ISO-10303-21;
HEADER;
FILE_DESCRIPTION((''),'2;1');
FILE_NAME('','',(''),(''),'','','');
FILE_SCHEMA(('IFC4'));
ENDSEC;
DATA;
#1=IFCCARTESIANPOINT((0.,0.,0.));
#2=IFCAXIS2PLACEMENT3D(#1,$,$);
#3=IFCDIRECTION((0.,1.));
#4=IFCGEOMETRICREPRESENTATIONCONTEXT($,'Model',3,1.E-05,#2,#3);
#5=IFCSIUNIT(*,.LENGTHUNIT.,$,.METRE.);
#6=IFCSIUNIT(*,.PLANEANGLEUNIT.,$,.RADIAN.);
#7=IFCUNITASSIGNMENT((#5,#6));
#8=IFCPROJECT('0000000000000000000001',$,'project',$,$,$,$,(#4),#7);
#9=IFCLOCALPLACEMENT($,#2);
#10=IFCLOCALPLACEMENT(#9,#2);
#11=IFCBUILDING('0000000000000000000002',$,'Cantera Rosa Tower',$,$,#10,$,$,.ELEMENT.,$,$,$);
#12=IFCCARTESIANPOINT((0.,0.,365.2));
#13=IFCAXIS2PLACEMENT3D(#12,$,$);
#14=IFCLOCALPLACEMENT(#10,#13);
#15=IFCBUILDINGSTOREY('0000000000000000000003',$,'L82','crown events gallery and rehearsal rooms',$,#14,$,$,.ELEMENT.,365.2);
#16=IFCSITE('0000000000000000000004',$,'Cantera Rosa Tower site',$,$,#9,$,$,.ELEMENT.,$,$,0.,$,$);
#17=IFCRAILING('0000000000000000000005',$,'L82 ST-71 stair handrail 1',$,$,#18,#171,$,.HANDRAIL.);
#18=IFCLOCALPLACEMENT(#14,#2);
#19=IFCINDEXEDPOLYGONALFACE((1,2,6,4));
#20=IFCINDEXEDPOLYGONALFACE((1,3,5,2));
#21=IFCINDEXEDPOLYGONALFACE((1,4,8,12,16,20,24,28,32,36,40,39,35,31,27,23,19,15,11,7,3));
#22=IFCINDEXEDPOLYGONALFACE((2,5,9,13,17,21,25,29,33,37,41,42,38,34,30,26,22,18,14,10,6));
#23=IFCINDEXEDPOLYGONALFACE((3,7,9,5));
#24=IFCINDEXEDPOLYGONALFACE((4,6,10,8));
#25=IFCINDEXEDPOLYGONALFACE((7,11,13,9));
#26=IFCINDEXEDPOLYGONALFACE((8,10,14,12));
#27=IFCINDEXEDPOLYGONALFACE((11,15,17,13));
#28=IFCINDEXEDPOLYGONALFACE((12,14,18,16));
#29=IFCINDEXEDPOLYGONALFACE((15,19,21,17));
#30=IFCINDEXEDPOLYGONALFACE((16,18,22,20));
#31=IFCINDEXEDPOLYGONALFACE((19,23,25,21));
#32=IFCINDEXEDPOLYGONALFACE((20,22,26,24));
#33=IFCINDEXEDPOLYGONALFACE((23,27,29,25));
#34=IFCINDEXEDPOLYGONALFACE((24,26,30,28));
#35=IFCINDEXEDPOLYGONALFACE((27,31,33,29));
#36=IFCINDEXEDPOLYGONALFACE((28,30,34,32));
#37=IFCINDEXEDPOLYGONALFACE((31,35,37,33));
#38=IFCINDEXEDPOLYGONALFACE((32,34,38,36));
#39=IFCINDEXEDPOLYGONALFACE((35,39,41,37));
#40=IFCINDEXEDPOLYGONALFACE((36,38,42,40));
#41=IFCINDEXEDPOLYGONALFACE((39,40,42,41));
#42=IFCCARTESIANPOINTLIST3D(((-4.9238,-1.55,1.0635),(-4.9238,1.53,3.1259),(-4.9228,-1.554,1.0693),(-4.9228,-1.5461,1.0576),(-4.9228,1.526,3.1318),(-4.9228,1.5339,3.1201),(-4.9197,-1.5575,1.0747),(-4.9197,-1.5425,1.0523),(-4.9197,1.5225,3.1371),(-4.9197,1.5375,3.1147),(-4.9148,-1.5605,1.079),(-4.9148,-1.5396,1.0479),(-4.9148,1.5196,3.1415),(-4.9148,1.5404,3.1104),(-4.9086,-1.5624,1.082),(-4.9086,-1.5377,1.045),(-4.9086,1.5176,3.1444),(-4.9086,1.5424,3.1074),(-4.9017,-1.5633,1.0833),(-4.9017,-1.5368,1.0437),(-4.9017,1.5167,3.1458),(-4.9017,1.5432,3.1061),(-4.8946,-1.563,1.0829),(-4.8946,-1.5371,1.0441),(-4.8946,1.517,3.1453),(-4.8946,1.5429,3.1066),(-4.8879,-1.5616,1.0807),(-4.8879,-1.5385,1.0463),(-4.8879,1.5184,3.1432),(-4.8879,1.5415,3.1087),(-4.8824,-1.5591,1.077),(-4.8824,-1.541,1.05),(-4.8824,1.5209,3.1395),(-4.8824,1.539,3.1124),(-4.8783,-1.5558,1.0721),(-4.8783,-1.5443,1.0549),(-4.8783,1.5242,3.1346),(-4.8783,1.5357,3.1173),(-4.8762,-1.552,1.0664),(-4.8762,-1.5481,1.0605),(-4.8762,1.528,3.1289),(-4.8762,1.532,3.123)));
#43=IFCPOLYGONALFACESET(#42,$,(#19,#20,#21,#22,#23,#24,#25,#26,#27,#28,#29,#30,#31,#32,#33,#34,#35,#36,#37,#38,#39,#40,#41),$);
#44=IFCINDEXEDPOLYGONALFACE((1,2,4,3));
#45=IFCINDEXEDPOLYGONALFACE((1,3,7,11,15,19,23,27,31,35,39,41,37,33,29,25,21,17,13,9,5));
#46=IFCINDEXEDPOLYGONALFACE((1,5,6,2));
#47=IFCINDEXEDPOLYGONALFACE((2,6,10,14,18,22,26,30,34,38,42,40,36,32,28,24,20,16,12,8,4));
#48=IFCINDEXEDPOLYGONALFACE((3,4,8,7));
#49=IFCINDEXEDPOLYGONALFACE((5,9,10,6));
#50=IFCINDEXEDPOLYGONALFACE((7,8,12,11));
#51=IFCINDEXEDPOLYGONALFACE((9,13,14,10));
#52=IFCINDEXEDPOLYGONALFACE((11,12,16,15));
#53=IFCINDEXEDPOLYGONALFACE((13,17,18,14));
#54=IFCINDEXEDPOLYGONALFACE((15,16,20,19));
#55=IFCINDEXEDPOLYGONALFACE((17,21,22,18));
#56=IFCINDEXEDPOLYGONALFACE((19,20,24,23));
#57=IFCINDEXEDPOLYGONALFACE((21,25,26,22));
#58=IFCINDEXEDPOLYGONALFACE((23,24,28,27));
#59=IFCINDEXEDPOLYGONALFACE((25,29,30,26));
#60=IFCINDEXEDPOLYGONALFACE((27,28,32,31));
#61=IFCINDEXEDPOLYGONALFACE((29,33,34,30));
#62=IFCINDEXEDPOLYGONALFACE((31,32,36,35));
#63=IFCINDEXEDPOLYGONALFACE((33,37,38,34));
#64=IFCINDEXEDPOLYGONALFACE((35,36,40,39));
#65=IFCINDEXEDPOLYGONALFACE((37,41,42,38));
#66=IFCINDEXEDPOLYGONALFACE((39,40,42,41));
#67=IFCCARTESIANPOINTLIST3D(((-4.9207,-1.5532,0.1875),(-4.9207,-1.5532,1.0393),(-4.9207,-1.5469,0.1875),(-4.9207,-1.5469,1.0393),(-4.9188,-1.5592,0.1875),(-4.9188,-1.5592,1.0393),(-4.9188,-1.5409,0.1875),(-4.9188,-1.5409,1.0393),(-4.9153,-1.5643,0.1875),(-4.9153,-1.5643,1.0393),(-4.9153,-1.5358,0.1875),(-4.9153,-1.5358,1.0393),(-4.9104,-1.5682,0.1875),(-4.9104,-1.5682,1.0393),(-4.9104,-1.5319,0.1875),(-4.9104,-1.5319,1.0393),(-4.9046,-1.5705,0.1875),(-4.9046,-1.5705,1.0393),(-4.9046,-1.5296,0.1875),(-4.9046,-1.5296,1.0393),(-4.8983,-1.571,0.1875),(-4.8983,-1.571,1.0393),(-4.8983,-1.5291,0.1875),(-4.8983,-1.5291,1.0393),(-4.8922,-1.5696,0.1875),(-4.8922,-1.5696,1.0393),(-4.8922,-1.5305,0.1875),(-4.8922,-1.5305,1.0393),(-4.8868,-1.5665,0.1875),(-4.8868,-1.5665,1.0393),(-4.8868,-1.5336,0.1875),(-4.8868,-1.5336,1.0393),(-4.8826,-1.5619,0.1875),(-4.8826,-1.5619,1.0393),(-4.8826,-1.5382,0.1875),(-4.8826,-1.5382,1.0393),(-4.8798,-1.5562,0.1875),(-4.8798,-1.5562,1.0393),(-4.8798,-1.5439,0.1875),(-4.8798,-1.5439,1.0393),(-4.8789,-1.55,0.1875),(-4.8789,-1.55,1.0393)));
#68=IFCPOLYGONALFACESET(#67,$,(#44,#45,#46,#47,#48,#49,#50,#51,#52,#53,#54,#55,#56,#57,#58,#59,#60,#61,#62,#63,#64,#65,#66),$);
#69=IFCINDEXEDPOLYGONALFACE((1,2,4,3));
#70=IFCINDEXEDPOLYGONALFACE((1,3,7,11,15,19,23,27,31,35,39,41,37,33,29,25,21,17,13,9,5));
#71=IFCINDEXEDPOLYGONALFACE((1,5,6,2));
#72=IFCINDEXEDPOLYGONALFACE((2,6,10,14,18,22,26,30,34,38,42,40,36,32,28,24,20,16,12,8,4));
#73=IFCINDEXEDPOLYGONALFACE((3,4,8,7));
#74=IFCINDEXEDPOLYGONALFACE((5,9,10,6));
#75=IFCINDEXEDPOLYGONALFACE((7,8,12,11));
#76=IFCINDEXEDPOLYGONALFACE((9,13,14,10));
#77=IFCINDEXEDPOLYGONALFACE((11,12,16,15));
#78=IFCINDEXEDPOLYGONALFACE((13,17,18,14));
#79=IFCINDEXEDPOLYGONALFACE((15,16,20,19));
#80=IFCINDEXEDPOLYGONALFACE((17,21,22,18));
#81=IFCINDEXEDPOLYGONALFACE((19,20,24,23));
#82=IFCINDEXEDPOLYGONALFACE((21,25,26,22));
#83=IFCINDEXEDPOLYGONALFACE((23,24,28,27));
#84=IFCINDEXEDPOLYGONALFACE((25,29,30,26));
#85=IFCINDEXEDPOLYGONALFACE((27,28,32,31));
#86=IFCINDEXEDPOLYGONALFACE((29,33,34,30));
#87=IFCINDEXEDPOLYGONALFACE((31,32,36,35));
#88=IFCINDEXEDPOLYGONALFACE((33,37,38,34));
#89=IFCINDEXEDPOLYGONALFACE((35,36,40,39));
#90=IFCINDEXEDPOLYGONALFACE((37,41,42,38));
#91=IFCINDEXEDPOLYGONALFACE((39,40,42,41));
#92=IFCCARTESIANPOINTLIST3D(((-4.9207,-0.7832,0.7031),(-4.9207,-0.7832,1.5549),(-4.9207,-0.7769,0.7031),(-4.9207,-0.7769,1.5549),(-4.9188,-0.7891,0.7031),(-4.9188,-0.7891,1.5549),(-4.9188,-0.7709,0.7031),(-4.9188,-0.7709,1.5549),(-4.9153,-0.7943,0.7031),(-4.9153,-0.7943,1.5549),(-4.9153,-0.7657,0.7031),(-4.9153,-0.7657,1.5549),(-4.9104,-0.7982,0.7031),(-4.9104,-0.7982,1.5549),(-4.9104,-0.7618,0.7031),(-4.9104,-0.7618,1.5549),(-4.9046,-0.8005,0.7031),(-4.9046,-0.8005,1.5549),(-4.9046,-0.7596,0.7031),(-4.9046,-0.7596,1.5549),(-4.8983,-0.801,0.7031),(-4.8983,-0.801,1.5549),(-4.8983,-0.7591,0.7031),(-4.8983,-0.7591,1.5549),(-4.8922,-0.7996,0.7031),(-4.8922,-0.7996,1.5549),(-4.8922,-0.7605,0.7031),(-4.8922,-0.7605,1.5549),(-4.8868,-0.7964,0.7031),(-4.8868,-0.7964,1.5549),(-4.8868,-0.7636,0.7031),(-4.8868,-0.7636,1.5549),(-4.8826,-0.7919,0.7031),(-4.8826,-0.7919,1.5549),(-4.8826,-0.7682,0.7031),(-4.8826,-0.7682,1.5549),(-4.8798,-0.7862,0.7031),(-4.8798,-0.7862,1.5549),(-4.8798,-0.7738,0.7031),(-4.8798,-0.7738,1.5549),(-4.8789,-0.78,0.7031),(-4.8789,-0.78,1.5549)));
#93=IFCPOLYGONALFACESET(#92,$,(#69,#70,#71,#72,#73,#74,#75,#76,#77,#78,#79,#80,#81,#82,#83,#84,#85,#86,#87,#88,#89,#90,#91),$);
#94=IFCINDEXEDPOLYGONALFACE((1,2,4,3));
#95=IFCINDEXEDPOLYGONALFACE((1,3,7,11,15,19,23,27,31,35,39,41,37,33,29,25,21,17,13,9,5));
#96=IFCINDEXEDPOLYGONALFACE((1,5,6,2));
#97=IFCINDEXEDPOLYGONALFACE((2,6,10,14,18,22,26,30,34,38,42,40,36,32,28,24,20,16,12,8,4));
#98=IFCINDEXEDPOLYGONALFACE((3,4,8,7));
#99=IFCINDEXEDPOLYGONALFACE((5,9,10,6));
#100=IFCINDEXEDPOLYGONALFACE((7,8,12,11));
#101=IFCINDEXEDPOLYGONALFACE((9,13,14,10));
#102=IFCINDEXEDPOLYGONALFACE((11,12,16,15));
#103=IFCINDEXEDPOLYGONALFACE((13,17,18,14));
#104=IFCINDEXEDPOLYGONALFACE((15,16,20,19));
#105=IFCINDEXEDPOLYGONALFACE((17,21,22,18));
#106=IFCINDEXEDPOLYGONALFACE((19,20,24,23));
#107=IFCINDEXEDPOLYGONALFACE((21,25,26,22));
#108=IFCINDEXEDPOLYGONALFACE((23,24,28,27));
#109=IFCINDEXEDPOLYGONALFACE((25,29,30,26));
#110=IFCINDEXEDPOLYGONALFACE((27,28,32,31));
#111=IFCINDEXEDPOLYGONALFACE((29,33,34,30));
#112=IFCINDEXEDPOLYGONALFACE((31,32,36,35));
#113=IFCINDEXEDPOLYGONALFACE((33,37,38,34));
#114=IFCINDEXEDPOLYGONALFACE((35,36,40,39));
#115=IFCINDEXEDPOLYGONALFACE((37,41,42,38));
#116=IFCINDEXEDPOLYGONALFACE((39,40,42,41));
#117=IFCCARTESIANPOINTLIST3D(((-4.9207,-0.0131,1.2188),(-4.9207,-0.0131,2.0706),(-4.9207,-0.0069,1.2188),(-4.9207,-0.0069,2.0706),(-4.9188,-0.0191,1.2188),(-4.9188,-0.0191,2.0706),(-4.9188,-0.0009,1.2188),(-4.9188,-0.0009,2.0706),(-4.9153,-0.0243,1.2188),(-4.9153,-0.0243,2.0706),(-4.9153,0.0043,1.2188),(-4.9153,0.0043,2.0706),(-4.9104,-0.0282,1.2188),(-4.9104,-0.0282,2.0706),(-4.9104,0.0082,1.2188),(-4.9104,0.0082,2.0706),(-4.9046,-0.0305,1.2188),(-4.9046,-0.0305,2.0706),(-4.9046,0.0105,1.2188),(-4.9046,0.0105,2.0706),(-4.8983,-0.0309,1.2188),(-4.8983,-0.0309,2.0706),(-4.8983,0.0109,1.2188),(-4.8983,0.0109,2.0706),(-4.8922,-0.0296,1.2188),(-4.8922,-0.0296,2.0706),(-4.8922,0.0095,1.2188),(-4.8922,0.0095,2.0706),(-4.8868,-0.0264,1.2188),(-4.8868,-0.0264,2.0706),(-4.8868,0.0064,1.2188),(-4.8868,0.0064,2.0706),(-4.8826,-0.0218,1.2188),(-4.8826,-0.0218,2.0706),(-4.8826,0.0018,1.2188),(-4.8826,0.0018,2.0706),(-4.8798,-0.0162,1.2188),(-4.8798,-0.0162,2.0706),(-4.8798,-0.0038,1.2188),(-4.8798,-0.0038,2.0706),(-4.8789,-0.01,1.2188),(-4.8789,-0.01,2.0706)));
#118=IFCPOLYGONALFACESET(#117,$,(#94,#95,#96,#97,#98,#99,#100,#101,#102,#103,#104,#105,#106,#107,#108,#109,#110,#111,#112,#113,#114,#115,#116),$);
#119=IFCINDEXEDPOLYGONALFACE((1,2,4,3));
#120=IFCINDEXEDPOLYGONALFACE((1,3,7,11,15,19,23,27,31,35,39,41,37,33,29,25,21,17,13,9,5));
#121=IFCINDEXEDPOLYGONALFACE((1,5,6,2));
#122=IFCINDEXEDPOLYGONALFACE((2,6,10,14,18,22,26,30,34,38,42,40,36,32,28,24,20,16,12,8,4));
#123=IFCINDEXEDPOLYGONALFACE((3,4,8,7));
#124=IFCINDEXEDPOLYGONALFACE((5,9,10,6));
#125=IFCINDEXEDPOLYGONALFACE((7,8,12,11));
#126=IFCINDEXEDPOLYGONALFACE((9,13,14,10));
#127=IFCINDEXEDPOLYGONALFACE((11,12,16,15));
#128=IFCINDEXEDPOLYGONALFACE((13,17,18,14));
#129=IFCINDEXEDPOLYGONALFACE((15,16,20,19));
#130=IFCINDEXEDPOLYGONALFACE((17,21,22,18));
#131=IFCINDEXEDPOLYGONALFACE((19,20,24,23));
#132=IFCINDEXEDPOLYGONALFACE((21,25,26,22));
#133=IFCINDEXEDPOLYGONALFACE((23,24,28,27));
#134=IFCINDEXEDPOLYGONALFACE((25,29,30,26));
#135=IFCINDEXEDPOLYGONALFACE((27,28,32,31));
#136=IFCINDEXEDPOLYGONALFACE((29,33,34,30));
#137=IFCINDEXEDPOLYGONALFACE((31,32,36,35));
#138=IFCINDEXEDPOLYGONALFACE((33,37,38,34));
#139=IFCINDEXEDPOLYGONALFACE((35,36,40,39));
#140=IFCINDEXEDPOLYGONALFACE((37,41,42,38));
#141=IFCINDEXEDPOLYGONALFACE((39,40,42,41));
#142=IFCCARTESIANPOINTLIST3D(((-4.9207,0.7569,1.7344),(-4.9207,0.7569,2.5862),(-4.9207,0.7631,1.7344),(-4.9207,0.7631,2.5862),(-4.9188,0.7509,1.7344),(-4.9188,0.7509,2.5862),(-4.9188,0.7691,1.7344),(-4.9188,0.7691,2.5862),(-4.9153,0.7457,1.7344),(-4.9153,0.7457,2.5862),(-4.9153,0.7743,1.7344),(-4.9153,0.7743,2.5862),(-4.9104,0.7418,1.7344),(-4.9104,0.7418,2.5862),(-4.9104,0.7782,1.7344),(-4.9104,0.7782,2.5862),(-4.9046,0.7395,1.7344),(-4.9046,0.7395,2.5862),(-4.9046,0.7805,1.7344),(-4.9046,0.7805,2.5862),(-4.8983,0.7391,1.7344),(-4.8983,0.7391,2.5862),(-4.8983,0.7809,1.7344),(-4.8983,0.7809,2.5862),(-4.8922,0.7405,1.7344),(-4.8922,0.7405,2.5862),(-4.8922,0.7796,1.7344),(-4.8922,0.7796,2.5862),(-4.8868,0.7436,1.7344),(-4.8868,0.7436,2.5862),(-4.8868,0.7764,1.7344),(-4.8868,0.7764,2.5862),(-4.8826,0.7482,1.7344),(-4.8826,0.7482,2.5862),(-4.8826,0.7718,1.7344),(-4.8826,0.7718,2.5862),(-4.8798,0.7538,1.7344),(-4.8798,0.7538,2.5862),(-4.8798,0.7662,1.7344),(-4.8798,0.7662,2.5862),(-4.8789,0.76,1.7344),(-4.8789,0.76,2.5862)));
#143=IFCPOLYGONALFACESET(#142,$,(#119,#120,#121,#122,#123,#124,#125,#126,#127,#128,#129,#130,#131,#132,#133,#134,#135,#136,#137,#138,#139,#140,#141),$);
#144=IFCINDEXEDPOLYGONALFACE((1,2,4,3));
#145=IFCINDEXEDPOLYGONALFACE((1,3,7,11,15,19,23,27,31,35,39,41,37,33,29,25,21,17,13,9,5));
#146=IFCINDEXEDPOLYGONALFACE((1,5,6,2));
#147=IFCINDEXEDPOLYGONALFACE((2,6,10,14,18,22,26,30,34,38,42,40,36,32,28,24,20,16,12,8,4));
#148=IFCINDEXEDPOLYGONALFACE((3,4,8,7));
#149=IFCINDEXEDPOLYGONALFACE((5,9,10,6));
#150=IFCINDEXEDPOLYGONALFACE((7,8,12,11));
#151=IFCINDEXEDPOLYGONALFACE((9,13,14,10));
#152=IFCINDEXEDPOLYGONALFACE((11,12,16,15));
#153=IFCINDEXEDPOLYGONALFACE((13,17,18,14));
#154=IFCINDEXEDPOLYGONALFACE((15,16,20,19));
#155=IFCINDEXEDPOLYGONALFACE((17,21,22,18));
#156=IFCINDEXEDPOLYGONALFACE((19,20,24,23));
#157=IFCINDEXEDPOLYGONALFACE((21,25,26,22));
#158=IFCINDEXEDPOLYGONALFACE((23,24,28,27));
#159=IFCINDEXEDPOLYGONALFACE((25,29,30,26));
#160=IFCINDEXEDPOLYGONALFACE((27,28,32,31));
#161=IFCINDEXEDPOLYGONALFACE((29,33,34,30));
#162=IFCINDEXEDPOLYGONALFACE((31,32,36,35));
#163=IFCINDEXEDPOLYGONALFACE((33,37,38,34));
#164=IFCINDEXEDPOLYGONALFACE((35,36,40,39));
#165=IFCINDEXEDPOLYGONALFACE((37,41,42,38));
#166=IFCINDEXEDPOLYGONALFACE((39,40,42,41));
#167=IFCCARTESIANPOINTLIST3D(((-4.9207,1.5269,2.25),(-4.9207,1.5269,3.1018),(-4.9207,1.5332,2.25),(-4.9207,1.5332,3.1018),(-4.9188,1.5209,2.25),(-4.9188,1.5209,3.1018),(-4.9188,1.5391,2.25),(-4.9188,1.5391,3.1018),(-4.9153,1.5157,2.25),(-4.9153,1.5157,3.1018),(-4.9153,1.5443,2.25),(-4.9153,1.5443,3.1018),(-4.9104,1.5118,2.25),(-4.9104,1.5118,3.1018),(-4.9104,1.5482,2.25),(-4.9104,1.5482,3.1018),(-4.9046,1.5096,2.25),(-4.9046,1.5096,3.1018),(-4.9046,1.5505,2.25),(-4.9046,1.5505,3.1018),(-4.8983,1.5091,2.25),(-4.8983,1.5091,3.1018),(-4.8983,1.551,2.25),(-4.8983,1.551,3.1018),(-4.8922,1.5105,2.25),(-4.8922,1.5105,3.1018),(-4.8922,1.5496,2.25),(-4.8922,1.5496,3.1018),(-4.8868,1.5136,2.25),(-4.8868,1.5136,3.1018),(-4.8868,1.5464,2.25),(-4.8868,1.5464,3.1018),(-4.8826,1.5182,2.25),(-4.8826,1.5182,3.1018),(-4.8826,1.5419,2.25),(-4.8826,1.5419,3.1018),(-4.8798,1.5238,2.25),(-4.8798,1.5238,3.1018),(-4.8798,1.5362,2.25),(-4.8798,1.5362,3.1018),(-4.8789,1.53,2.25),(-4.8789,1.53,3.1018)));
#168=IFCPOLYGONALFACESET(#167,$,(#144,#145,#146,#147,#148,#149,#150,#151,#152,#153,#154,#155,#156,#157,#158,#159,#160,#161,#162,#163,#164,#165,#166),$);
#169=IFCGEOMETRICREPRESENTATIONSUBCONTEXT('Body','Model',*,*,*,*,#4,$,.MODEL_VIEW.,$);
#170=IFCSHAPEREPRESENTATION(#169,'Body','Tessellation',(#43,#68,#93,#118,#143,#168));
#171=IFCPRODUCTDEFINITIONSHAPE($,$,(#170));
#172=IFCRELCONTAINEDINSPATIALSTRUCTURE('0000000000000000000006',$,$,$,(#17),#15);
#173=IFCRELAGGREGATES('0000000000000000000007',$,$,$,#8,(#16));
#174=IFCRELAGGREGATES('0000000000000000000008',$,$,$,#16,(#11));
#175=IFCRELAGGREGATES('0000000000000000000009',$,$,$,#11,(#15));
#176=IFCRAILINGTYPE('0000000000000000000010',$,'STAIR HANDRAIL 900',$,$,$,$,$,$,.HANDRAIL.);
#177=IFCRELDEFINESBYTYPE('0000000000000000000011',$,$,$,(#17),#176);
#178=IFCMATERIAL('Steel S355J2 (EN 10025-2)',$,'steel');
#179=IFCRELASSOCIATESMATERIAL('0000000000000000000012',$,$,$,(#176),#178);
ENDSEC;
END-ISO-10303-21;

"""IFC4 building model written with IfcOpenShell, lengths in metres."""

from ifc_helpers import new_model, si_unit, direction, frame, origin, origin_2d, place, context, subcontext, project, spatial, circle, extrude, material, type_object, element, save


model = new_model("IFC4")

# Units and contexts
model_context = context("Model", 3, precision=1e-05, world=origin(), true_north=direction((0.0, 1.0)))
body_context = subcontext(model_context, "Body", "Model", "MODEL_VIEW")
ifc_project = project(units=[si_unit("LENGTHUNIT", "METRE"), si_unit("PLANEANGLEUNIT", "RADIAN")], contexts=[model_context])

# Site, building, storey
site_placement = place(None, origin())
site = spatial("IfcSite", under=ifc_project, at=site_placement, Name="Cantera Rosa Tower site", CompositionType="ELEMENT", RefElevation=0.0)
building_placement = place(site_placement, origin())
building = spatial("IfcBuilding", under=site, at=building_placement, Name="Cantera Rosa Tower", CompositionType="ELEMENT")
storey_placement = place(building_placement, frame((0.0, 0.0, 365.2)))
storey = spatial("IfcBuildingStorey", under=building, at=storey_placement, Name="L82", Description="crown events gallery and rehearsal rooms", CompositionType="ELEMENT", Elevation=365.2)

# Railing
ifc_material_1 = material(Name="Steel S355J2 (EN 10025-2)", Category="steel")
railing_type_1 = type_object("IfcRailingType", Name="STAIR HANDRAIL 900", PredefinedType="HANDRAIL", material=ifc_material_1)
railing_1_placement = place(storey_placement, frame((-4.8999, -1.55, 0.1875)))
element("IfcRailing", 1, at=railing_1_placement, inside=storey, type_object=railing_type_1, Name="L82 ST-71 stair handrail 1", PredefinedType="HANDRAIL", context=body_context, shape_type="SweptSolid", body=[
    extrude(circle(Radius=0.0239, at=origin_2d()), frame((0.0, 0.0, 0.876), z_axis=(0.0, 0.830914, 0.556401), x_axis=(-1.0, 0.0, 0.0)), (0.0, 0.0, 1.0), 3.7068),
    extrude(circle(Radius=0.021, at=origin_2d()), origin(), (0.0, 0.0, 1.0), 0.8518),
    extrude(circle(Radius=0.021, at=origin_2d()), frame((0.0, 0.77, 0.5156)), (0.0, 0.0, 1.0), 0.8518),
    extrude(circle(Radius=0.021, at=origin_2d()), frame((0.0, 1.54, 1.0312)), (0.0, 0.0, 1.0), 0.8518),
    extrude(circle(Radius=0.021, at=origin_2d()), frame((0.0, 2.3101, 1.5469)), (0.0, 0.0, 1.0), 0.8518),
    extrude(circle(Radius=0.021, at=origin_2d()), frame((0.0, 3.0801, 2.0625)), (0.0, 0.0, 1.0), 0.8518),
])

save(model, "model.ifc")
